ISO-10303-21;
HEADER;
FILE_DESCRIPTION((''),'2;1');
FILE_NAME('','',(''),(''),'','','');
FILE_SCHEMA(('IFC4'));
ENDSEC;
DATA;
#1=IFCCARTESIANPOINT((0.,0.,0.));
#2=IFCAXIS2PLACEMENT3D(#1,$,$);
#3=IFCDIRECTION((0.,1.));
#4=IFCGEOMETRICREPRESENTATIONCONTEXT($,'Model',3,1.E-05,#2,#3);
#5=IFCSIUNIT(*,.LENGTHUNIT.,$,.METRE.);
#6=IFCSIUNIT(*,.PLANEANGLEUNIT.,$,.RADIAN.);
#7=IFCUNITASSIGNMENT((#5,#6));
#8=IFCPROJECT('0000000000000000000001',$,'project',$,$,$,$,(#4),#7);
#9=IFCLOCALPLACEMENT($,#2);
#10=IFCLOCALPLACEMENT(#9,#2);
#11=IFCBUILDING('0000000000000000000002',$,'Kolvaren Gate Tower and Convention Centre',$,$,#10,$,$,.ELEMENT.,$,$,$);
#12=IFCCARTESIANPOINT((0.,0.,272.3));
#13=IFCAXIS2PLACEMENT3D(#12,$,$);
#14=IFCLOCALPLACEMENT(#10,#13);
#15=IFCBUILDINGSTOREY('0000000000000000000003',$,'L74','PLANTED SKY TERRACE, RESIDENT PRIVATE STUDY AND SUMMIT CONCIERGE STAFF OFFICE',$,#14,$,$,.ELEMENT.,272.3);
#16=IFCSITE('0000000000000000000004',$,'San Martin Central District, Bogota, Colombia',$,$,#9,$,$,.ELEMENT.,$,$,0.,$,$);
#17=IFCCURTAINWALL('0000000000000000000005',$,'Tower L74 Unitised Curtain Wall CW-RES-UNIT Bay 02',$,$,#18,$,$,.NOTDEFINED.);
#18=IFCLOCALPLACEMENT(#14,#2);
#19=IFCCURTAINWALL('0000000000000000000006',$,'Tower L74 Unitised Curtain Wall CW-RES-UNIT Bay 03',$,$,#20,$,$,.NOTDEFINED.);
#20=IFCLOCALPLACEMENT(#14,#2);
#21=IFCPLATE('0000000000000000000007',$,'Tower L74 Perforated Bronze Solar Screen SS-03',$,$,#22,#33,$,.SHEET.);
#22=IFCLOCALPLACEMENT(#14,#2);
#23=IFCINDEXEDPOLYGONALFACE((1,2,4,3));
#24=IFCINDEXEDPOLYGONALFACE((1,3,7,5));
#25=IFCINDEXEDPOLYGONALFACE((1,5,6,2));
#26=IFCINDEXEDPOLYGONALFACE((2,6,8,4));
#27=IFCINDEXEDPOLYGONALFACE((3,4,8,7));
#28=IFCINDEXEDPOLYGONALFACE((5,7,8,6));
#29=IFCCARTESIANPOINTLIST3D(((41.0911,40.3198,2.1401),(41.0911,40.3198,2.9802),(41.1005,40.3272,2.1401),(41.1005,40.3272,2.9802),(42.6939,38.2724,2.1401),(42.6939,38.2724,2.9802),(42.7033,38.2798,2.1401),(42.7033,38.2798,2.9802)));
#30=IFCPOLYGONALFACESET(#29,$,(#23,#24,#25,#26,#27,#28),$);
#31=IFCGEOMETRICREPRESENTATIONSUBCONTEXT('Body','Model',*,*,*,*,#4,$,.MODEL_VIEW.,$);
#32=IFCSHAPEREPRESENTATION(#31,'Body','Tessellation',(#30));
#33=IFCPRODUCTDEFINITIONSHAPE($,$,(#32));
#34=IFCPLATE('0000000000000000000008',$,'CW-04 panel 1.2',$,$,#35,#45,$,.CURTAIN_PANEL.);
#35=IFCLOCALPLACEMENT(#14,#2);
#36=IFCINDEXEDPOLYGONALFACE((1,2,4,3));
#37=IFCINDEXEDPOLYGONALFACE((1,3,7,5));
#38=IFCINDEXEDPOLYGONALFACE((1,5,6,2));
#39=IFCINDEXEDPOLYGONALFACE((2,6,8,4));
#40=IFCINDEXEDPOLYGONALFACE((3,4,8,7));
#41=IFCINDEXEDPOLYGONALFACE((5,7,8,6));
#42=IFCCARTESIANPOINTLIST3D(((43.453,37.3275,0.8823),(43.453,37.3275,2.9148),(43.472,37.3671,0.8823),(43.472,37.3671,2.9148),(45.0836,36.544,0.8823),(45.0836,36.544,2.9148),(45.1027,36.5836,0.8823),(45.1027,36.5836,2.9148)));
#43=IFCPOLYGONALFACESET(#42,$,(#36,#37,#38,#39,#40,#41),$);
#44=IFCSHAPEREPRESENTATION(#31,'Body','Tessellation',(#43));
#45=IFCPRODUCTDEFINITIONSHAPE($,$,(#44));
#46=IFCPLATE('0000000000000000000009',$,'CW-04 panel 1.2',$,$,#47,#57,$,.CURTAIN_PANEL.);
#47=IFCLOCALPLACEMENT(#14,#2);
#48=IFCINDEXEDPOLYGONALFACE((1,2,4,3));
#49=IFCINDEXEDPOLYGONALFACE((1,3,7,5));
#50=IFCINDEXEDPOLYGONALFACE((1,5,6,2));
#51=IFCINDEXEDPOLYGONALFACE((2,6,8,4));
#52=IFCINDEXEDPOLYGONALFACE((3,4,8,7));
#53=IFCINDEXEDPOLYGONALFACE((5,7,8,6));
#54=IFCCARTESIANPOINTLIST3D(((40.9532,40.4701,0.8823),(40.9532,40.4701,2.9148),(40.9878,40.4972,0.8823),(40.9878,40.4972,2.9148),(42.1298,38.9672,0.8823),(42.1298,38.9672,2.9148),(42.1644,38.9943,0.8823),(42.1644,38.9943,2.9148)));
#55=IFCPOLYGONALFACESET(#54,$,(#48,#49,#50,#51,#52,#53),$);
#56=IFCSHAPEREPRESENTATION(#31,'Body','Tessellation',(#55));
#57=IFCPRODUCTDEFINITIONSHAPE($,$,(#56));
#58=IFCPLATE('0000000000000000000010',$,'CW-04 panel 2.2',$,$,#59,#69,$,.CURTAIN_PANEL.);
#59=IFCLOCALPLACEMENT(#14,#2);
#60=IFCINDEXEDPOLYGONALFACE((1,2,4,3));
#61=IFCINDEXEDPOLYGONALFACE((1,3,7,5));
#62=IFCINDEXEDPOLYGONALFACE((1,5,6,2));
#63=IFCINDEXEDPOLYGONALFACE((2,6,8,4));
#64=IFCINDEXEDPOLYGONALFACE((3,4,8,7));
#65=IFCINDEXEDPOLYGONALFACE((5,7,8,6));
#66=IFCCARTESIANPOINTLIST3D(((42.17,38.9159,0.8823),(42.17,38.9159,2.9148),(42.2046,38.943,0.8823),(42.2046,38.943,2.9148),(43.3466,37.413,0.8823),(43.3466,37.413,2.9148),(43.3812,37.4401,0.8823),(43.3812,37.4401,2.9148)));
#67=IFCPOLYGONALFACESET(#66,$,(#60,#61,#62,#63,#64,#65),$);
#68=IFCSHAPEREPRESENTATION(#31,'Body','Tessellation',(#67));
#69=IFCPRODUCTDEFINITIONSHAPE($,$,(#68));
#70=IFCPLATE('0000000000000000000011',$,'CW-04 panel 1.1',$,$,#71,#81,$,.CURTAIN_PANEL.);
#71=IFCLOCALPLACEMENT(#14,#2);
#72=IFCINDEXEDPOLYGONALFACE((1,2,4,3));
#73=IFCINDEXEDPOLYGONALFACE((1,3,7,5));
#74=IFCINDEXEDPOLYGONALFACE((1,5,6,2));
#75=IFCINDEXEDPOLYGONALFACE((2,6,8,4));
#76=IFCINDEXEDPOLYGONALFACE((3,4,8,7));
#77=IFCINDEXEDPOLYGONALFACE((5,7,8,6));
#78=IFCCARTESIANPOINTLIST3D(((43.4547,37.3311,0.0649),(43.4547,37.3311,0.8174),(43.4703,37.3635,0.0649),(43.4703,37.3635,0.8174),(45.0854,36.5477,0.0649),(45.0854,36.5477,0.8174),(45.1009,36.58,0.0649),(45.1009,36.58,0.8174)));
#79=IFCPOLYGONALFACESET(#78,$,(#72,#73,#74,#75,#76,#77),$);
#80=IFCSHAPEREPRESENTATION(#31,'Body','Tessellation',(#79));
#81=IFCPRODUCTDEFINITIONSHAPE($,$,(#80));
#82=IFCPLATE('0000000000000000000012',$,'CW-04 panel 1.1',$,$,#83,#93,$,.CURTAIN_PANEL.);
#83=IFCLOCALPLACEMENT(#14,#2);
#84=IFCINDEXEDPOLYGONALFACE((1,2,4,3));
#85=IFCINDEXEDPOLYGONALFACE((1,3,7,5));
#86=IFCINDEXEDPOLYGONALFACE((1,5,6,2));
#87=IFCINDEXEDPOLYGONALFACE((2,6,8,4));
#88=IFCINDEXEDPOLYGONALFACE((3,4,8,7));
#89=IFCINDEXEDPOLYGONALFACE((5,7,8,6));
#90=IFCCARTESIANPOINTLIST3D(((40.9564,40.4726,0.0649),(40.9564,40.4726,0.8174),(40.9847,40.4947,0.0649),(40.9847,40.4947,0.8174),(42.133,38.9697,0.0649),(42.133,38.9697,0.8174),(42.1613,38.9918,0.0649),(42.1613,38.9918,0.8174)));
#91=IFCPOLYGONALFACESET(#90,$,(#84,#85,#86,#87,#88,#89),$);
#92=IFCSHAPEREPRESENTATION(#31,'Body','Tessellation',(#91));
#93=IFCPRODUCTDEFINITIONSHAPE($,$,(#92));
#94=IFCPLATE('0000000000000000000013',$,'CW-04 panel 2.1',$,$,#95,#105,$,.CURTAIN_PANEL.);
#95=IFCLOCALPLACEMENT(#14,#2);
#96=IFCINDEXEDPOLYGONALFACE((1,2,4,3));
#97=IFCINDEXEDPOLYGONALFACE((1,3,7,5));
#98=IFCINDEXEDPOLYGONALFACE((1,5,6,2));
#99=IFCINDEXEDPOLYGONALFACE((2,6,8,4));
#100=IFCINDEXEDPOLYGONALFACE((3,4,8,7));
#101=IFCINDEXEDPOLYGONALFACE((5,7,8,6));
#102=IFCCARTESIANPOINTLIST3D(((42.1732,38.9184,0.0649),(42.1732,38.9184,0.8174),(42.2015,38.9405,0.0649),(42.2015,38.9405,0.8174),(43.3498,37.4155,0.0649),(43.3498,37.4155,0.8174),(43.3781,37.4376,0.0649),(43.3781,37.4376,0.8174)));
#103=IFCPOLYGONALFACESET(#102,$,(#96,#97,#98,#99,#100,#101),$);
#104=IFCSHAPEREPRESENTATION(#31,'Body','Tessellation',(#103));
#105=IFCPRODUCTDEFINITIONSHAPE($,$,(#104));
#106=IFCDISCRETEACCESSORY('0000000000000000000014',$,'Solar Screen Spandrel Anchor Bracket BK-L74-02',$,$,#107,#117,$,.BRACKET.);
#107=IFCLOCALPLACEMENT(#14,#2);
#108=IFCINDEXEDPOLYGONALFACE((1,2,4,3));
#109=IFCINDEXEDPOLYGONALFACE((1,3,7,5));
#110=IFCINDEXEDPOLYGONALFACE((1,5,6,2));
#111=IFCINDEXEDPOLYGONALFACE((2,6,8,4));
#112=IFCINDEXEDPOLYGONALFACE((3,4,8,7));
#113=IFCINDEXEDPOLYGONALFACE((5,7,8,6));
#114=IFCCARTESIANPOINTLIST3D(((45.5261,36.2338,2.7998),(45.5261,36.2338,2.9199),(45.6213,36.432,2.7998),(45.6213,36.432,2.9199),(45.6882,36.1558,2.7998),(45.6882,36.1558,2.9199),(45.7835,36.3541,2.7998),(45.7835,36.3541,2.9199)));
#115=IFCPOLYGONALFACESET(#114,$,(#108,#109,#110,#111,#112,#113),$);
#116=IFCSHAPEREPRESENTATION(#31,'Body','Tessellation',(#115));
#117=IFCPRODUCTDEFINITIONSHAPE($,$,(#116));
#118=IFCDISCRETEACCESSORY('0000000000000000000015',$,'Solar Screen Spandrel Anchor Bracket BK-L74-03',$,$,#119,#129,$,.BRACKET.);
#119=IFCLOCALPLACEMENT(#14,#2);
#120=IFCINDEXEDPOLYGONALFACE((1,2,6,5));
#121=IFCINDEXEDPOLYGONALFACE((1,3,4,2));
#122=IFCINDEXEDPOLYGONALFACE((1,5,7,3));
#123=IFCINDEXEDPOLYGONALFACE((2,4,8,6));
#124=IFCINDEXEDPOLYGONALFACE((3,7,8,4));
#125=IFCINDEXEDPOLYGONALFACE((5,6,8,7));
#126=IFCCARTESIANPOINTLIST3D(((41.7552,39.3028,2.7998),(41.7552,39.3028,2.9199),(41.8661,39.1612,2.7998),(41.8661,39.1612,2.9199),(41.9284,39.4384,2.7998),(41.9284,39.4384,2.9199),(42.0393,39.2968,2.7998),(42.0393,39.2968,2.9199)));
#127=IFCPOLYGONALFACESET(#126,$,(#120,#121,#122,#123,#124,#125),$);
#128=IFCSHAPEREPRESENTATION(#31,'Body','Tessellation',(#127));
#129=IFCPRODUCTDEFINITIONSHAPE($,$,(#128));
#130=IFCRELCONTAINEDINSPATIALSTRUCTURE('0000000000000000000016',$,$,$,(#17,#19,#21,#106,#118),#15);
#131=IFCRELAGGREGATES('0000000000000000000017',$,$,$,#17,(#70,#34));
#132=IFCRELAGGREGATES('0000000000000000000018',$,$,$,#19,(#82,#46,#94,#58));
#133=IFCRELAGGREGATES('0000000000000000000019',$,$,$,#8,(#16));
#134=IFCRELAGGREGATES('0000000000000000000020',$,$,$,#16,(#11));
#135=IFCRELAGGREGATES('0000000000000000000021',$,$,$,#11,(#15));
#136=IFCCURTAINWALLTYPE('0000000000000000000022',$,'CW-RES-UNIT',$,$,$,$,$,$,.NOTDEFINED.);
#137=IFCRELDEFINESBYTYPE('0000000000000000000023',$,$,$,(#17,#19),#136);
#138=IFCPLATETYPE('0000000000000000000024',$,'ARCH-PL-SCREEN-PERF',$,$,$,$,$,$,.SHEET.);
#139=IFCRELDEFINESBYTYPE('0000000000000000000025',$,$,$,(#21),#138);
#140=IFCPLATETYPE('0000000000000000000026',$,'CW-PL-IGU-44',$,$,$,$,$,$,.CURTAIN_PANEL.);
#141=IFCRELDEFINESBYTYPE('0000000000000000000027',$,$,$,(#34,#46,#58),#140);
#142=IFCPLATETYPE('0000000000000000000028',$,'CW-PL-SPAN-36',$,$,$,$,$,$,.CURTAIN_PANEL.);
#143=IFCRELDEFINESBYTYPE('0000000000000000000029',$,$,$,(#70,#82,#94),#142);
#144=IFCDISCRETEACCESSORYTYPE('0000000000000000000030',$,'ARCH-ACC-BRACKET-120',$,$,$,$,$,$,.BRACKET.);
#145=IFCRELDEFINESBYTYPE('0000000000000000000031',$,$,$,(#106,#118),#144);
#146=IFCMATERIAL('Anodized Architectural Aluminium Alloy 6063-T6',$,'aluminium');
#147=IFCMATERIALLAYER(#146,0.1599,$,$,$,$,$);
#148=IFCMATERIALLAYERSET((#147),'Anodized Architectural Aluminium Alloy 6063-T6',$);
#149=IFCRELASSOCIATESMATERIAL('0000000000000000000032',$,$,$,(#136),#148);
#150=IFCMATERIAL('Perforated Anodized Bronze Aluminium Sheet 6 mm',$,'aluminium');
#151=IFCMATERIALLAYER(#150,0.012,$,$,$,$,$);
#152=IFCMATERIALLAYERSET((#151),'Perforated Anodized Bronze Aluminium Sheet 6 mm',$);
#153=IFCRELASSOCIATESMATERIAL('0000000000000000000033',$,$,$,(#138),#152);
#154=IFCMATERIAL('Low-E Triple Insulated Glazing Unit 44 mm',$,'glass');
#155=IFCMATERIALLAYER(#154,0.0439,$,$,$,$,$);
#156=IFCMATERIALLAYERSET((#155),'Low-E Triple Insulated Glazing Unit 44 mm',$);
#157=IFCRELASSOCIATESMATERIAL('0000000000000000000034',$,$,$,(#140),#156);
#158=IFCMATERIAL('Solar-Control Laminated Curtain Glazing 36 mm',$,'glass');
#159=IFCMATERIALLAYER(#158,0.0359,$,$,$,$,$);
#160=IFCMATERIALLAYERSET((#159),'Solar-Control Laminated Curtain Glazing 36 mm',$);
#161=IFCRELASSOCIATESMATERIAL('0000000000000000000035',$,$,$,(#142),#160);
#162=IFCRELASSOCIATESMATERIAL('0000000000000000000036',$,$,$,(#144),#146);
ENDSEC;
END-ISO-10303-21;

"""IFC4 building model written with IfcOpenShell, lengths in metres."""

from ifc_helpers import new_model, si_unit, direction, frame, origin, origin_2d, place, context, subcontext, project, spatial, rectangle, extrude, material, layer, layer_set, type_object, element, aggregate, save


model = new_model("IFC4")

# Units and contexts
model_context = context("Model", 3, precision=1e-05, world=origin(), true_north=direction((0.0, 1.0)))
body_context = subcontext(model_context, "Body", "Model", "MODEL_VIEW")
ifc_project = project(units=[si_unit("LENGTHUNIT", "METRE"), si_unit("PLANEANGLEUNIT", "RADIAN")], contexts=[model_context])

# Site, building, storey
site_placement = place(None, origin())
site = spatial("IfcSite", under=ifc_project, at=site_placement, Name="San Martin Central District, Bogota, Colombia", CompositionType="ELEMENT", RefElevation=0.0)
building_placement = place(site_placement, origin())
building = spatial("IfcBuilding", under=site, at=building_placement, Name="Kolvaren Gate Tower and Convention Centre", CompositionType="ELEMENT")
storey_placement = place(building_placement, frame((0.0, 0.0, 272.3)))
storey = spatial("IfcBuildingStorey", under=building, at=storey_placement, Name="L74", Description="PLANTED SKY TERRACE, RESIDENT PRIVATE STUDY AND SUMMIT CONCIERGE STAFF OFFICE", CompositionType="ELEMENT", Elevation=272.3)

# Curtain walls
ifc_material_1 = material(Name="Anodized Architectural Aluminium Alloy 6063-T6", Category="aluminium")
ifc_layer_1 = layer(ifc_material_1, 0.1599)
ifc_layer_set_1 = layer_set([ifc_layer_1], Name="Anodized Architectural Aluminium Alloy 6063-T6")
curtain_wall_type = type_object("IfcCurtainWallType", Name="CW-RES-UNIT", PredefinedType="NOTDEFINED", material=ifc_layer_set_1)
curtain_wall_1_placement = place(storey_placement, origin())
curtain_wall_1 = element("IfcCurtainWall", 1, at=curtain_wall_1_placement, inside=storey, type_object=curtain_wall_type, Name="Tower L74 Unitised Curtain Wall CW-RES-UNIT Bay 02", PredefinedType="NOTDEFINED")
curtain_wall_2_placement = place(storey_placement, origin())
curtain_wall_2 = element("IfcCurtainWall", 2, at=curtain_wall_2_placement, inside=storey, type_object=curtain_wall_type, Name="Tower L74 Unitised Curtain Wall CW-RES-UNIT Bay 03", PredefinedType="NOTDEFINED")

# Plate
ifc_material_2 = material(Name="Perforated Anodized Bronze Aluminium Sheet 6 mm", Category="aluminium")
ifc_layer_2 = layer(ifc_material_2, 0.012)
ifc_layer_set_2 = layer_set([ifc_layer_2], Name="Perforated Anodized Bronze Aluminium Sheet 6 mm")
plate_type_1 = type_object("IfcPlateType", Name="ARCH-PL-SCREEN-PERF", PredefinedType="SHEET", material=ifc_layer_set_2)
for number, where, z_axis, x_axis, name in (
    (3, (41.8972, 39.2998, 2.1401), (0.0, 0.0, 1.0), (0.61643, -0.78741, 0.0), "Tower L74 Perforated Bronze Solar Screen SS-03"),
):
    element("IfcPlate", number, at=place(storey_placement, frame(where, z_axis=z_axis, x_axis=x_axis)), inside=storey, type_object=plate_type_1, Name=name, PredefinedType="SHEET", context=body_context, shape_type="SweptSolid", body=[
        extrude(rectangle(XDim=2.6001, YDim=0.012, at=origin_2d()), origin(), (0.0, 0.0, 1.0), 0.8401),
    ])

# Plates
ifc_material_3 = material(Name="Low-E Triple Insulated Glazing Unit 44 mm", Category="glass")
ifc_layer_3 = layer(ifc_material_3, 0.0439)
ifc_layer_set_3 = layer_set([ifc_layer_3], Name="Low-E Triple Insulated Glazing Unit 44 mm")
plate_type_2 = type_object("IfcPlateType", Name="CW-PL-IGU-44", PredefinedType="CURTAIN_PANEL", material=ifc_layer_set_3)
plate_1_placement = place(storey_placement, frame((44.2778, 36.9556, 0.8823), z_axis=(0.0, 0.0, 1.0), x_axis=(0.901361, -0.43307, 0.0)))
plate_1 = element("IfcPlate", 4, at=plate_1_placement, type_object=plate_type_2, Name="CW-04 panel 1.2", PredefinedType="CURTAIN_PANEL", context=body_context, shape_type="SweptSolid", body=[
    extrude(rectangle(XDim=1.8091, YDim=0.0439, at=origin_2d()), origin(), (0.0, 0.0, 1.0), 2.0325),
])
plate_2_placement = place(storey_placement, frame((41.5588, 39.7322, 0.8823), z_axis=(0.0, 0.0, 1.0), x_axis=(0.616433, -0.787408, 0.0)))
plate_2 = element("IfcPlate", 5, at=plate_2_placement, type_object=plate_type_2, Name="CW-04 panel 1.2", PredefinedType="CURTAIN_PANEL", context=body_context, shape_type="SweptSolid", body=[
    extrude(rectangle(XDim=1.9087, YDim=0.0439, at=origin_2d()), origin(), (0.0, 0.0, 1.0), 2.0325),
])
plate_3_placement = place(storey_placement, frame((42.7756, 38.178, 0.8823), z_axis=(0.0, 0.0, 1.0), x_axis=(0.616433, -0.787408, 0.0)))
plate_3 = element("IfcPlate", 6, at=plate_3_placement, type_object=plate_type_2, Name="CW-04 panel 2.2", PredefinedType="CURTAIN_PANEL", context=body_context, shape_type="SweptSolid", body=[
    extrude(rectangle(XDim=1.9087, YDim=0.0439, at=origin_2d()), origin(), (0.0, 0.0, 1.0), 2.0325),
])
ifc_material_4 = material(Name="Solar-Control Laminated Curtain Glazing 36 mm", Category="glass")
ifc_layer_4 = layer(ifc_material_4, 0.0359)
ifc_layer_set_4 = layer_set([ifc_layer_4], Name="Solar-Control Laminated Curtain Glazing 36 mm")
plate_type_3 = type_object("IfcPlateType", Name="CW-PL-SPAN-36", PredefinedType="CURTAIN_PANEL", material=ifc_layer_set_4)
plate_4_placement = place(storey_placement, frame((44.2778, 36.9556, 0.0649), z_axis=(0.0, 0.0, 1.0), x_axis=(0.901361, -0.43307, 0.0)))
plate_4 = element("IfcPlate", 7, at=plate_4_placement, type_object=plate_type_3, Name="CW-04 panel 1.1", PredefinedType="CURTAIN_PANEL", context=body_context, shape_type="SweptSolid", body=[
    extrude(rectangle(XDim=1.8091, YDim=0.0359, at=origin_2d()), origin(), (0.0, 0.0, 1.0), 0.7524),
])
aggregate(curtain_wall_1, [plate_4, plate_1])
plate_5_placement = place(storey_placement, frame((41.5588, 39.7322, 0.0649), z_axis=(0.0, 0.0, 1.0), x_axis=(0.616433, -0.787408, 0.0)))
plate_5 = element("IfcPlate", 8, at=plate_5_placement, type_object=plate_type_3, Name="CW-04 panel 1.1", PredefinedType="CURTAIN_PANEL", context=body_context, shape_type="SweptSolid", body=[
    extrude(rectangle(XDim=1.9087, YDim=0.0359, at=origin_2d()), origin(), (0.0, 0.0, 1.0), 0.7524),
])
plate_6_placement = place(storey_placement, frame((42.7756, 38.178, 0.0649), z_axis=(0.0, 0.0, 1.0), x_axis=(0.616433, -0.787408, 0.0)))
plate_6 = element("IfcPlate", 9, at=plate_6_placement, type_object=plate_type_3, Name="CW-04 panel 2.1", PredefinedType="CURTAIN_PANEL", context=body_context, shape_type="SweptSolid", body=[
    extrude(rectangle(XDim=1.9087, YDim=0.0359, at=origin_2d()), origin(), (0.0, 0.0, 1.0), 0.7524),
])
aggregate(curtain_wall_2, [plate_5, plate_2, plate_6, plate_3])

# Discrete accessories
discrete_accessory_type = type_object("IfcDiscreteAccessoryType", Name="ARCH-ACC-BRACKET-120", PredefinedType="BRACKET", material=ifc_material_1)
for number, where, z_axis, x_axis, name in (
    (10, (45.6548, 36.2939, 2.7998), (0.0, 0.0, 1.0), (0.901356, -0.433079, 0.0), "Solar Screen Spandrel Anchor Bracket BK-L74-02"),
    (11, (41.8972, 39.2998, 2.7998), (0.0, 0.0, 1.0), (0.61643, -0.78741, 0.0), "Solar Screen Spandrel Anchor Bracket BK-L74-03"),
):
    element("IfcDiscreteAccessory", number, at=place(storey_placement, frame(where, z_axis=z_axis, x_axis=x_axis)), inside=storey, type_object=discrete_accessory_type, Name=name, PredefinedType="BRACKET", context=body_context, shape_type="SweptSolid", body=[
        extrude(rectangle(XDim=0.1799, YDim=0.22, at=origin_2d()), origin(), (0.0, 0.0, 1.0), 0.1201),
    ])

save(model, "model.ifc")
